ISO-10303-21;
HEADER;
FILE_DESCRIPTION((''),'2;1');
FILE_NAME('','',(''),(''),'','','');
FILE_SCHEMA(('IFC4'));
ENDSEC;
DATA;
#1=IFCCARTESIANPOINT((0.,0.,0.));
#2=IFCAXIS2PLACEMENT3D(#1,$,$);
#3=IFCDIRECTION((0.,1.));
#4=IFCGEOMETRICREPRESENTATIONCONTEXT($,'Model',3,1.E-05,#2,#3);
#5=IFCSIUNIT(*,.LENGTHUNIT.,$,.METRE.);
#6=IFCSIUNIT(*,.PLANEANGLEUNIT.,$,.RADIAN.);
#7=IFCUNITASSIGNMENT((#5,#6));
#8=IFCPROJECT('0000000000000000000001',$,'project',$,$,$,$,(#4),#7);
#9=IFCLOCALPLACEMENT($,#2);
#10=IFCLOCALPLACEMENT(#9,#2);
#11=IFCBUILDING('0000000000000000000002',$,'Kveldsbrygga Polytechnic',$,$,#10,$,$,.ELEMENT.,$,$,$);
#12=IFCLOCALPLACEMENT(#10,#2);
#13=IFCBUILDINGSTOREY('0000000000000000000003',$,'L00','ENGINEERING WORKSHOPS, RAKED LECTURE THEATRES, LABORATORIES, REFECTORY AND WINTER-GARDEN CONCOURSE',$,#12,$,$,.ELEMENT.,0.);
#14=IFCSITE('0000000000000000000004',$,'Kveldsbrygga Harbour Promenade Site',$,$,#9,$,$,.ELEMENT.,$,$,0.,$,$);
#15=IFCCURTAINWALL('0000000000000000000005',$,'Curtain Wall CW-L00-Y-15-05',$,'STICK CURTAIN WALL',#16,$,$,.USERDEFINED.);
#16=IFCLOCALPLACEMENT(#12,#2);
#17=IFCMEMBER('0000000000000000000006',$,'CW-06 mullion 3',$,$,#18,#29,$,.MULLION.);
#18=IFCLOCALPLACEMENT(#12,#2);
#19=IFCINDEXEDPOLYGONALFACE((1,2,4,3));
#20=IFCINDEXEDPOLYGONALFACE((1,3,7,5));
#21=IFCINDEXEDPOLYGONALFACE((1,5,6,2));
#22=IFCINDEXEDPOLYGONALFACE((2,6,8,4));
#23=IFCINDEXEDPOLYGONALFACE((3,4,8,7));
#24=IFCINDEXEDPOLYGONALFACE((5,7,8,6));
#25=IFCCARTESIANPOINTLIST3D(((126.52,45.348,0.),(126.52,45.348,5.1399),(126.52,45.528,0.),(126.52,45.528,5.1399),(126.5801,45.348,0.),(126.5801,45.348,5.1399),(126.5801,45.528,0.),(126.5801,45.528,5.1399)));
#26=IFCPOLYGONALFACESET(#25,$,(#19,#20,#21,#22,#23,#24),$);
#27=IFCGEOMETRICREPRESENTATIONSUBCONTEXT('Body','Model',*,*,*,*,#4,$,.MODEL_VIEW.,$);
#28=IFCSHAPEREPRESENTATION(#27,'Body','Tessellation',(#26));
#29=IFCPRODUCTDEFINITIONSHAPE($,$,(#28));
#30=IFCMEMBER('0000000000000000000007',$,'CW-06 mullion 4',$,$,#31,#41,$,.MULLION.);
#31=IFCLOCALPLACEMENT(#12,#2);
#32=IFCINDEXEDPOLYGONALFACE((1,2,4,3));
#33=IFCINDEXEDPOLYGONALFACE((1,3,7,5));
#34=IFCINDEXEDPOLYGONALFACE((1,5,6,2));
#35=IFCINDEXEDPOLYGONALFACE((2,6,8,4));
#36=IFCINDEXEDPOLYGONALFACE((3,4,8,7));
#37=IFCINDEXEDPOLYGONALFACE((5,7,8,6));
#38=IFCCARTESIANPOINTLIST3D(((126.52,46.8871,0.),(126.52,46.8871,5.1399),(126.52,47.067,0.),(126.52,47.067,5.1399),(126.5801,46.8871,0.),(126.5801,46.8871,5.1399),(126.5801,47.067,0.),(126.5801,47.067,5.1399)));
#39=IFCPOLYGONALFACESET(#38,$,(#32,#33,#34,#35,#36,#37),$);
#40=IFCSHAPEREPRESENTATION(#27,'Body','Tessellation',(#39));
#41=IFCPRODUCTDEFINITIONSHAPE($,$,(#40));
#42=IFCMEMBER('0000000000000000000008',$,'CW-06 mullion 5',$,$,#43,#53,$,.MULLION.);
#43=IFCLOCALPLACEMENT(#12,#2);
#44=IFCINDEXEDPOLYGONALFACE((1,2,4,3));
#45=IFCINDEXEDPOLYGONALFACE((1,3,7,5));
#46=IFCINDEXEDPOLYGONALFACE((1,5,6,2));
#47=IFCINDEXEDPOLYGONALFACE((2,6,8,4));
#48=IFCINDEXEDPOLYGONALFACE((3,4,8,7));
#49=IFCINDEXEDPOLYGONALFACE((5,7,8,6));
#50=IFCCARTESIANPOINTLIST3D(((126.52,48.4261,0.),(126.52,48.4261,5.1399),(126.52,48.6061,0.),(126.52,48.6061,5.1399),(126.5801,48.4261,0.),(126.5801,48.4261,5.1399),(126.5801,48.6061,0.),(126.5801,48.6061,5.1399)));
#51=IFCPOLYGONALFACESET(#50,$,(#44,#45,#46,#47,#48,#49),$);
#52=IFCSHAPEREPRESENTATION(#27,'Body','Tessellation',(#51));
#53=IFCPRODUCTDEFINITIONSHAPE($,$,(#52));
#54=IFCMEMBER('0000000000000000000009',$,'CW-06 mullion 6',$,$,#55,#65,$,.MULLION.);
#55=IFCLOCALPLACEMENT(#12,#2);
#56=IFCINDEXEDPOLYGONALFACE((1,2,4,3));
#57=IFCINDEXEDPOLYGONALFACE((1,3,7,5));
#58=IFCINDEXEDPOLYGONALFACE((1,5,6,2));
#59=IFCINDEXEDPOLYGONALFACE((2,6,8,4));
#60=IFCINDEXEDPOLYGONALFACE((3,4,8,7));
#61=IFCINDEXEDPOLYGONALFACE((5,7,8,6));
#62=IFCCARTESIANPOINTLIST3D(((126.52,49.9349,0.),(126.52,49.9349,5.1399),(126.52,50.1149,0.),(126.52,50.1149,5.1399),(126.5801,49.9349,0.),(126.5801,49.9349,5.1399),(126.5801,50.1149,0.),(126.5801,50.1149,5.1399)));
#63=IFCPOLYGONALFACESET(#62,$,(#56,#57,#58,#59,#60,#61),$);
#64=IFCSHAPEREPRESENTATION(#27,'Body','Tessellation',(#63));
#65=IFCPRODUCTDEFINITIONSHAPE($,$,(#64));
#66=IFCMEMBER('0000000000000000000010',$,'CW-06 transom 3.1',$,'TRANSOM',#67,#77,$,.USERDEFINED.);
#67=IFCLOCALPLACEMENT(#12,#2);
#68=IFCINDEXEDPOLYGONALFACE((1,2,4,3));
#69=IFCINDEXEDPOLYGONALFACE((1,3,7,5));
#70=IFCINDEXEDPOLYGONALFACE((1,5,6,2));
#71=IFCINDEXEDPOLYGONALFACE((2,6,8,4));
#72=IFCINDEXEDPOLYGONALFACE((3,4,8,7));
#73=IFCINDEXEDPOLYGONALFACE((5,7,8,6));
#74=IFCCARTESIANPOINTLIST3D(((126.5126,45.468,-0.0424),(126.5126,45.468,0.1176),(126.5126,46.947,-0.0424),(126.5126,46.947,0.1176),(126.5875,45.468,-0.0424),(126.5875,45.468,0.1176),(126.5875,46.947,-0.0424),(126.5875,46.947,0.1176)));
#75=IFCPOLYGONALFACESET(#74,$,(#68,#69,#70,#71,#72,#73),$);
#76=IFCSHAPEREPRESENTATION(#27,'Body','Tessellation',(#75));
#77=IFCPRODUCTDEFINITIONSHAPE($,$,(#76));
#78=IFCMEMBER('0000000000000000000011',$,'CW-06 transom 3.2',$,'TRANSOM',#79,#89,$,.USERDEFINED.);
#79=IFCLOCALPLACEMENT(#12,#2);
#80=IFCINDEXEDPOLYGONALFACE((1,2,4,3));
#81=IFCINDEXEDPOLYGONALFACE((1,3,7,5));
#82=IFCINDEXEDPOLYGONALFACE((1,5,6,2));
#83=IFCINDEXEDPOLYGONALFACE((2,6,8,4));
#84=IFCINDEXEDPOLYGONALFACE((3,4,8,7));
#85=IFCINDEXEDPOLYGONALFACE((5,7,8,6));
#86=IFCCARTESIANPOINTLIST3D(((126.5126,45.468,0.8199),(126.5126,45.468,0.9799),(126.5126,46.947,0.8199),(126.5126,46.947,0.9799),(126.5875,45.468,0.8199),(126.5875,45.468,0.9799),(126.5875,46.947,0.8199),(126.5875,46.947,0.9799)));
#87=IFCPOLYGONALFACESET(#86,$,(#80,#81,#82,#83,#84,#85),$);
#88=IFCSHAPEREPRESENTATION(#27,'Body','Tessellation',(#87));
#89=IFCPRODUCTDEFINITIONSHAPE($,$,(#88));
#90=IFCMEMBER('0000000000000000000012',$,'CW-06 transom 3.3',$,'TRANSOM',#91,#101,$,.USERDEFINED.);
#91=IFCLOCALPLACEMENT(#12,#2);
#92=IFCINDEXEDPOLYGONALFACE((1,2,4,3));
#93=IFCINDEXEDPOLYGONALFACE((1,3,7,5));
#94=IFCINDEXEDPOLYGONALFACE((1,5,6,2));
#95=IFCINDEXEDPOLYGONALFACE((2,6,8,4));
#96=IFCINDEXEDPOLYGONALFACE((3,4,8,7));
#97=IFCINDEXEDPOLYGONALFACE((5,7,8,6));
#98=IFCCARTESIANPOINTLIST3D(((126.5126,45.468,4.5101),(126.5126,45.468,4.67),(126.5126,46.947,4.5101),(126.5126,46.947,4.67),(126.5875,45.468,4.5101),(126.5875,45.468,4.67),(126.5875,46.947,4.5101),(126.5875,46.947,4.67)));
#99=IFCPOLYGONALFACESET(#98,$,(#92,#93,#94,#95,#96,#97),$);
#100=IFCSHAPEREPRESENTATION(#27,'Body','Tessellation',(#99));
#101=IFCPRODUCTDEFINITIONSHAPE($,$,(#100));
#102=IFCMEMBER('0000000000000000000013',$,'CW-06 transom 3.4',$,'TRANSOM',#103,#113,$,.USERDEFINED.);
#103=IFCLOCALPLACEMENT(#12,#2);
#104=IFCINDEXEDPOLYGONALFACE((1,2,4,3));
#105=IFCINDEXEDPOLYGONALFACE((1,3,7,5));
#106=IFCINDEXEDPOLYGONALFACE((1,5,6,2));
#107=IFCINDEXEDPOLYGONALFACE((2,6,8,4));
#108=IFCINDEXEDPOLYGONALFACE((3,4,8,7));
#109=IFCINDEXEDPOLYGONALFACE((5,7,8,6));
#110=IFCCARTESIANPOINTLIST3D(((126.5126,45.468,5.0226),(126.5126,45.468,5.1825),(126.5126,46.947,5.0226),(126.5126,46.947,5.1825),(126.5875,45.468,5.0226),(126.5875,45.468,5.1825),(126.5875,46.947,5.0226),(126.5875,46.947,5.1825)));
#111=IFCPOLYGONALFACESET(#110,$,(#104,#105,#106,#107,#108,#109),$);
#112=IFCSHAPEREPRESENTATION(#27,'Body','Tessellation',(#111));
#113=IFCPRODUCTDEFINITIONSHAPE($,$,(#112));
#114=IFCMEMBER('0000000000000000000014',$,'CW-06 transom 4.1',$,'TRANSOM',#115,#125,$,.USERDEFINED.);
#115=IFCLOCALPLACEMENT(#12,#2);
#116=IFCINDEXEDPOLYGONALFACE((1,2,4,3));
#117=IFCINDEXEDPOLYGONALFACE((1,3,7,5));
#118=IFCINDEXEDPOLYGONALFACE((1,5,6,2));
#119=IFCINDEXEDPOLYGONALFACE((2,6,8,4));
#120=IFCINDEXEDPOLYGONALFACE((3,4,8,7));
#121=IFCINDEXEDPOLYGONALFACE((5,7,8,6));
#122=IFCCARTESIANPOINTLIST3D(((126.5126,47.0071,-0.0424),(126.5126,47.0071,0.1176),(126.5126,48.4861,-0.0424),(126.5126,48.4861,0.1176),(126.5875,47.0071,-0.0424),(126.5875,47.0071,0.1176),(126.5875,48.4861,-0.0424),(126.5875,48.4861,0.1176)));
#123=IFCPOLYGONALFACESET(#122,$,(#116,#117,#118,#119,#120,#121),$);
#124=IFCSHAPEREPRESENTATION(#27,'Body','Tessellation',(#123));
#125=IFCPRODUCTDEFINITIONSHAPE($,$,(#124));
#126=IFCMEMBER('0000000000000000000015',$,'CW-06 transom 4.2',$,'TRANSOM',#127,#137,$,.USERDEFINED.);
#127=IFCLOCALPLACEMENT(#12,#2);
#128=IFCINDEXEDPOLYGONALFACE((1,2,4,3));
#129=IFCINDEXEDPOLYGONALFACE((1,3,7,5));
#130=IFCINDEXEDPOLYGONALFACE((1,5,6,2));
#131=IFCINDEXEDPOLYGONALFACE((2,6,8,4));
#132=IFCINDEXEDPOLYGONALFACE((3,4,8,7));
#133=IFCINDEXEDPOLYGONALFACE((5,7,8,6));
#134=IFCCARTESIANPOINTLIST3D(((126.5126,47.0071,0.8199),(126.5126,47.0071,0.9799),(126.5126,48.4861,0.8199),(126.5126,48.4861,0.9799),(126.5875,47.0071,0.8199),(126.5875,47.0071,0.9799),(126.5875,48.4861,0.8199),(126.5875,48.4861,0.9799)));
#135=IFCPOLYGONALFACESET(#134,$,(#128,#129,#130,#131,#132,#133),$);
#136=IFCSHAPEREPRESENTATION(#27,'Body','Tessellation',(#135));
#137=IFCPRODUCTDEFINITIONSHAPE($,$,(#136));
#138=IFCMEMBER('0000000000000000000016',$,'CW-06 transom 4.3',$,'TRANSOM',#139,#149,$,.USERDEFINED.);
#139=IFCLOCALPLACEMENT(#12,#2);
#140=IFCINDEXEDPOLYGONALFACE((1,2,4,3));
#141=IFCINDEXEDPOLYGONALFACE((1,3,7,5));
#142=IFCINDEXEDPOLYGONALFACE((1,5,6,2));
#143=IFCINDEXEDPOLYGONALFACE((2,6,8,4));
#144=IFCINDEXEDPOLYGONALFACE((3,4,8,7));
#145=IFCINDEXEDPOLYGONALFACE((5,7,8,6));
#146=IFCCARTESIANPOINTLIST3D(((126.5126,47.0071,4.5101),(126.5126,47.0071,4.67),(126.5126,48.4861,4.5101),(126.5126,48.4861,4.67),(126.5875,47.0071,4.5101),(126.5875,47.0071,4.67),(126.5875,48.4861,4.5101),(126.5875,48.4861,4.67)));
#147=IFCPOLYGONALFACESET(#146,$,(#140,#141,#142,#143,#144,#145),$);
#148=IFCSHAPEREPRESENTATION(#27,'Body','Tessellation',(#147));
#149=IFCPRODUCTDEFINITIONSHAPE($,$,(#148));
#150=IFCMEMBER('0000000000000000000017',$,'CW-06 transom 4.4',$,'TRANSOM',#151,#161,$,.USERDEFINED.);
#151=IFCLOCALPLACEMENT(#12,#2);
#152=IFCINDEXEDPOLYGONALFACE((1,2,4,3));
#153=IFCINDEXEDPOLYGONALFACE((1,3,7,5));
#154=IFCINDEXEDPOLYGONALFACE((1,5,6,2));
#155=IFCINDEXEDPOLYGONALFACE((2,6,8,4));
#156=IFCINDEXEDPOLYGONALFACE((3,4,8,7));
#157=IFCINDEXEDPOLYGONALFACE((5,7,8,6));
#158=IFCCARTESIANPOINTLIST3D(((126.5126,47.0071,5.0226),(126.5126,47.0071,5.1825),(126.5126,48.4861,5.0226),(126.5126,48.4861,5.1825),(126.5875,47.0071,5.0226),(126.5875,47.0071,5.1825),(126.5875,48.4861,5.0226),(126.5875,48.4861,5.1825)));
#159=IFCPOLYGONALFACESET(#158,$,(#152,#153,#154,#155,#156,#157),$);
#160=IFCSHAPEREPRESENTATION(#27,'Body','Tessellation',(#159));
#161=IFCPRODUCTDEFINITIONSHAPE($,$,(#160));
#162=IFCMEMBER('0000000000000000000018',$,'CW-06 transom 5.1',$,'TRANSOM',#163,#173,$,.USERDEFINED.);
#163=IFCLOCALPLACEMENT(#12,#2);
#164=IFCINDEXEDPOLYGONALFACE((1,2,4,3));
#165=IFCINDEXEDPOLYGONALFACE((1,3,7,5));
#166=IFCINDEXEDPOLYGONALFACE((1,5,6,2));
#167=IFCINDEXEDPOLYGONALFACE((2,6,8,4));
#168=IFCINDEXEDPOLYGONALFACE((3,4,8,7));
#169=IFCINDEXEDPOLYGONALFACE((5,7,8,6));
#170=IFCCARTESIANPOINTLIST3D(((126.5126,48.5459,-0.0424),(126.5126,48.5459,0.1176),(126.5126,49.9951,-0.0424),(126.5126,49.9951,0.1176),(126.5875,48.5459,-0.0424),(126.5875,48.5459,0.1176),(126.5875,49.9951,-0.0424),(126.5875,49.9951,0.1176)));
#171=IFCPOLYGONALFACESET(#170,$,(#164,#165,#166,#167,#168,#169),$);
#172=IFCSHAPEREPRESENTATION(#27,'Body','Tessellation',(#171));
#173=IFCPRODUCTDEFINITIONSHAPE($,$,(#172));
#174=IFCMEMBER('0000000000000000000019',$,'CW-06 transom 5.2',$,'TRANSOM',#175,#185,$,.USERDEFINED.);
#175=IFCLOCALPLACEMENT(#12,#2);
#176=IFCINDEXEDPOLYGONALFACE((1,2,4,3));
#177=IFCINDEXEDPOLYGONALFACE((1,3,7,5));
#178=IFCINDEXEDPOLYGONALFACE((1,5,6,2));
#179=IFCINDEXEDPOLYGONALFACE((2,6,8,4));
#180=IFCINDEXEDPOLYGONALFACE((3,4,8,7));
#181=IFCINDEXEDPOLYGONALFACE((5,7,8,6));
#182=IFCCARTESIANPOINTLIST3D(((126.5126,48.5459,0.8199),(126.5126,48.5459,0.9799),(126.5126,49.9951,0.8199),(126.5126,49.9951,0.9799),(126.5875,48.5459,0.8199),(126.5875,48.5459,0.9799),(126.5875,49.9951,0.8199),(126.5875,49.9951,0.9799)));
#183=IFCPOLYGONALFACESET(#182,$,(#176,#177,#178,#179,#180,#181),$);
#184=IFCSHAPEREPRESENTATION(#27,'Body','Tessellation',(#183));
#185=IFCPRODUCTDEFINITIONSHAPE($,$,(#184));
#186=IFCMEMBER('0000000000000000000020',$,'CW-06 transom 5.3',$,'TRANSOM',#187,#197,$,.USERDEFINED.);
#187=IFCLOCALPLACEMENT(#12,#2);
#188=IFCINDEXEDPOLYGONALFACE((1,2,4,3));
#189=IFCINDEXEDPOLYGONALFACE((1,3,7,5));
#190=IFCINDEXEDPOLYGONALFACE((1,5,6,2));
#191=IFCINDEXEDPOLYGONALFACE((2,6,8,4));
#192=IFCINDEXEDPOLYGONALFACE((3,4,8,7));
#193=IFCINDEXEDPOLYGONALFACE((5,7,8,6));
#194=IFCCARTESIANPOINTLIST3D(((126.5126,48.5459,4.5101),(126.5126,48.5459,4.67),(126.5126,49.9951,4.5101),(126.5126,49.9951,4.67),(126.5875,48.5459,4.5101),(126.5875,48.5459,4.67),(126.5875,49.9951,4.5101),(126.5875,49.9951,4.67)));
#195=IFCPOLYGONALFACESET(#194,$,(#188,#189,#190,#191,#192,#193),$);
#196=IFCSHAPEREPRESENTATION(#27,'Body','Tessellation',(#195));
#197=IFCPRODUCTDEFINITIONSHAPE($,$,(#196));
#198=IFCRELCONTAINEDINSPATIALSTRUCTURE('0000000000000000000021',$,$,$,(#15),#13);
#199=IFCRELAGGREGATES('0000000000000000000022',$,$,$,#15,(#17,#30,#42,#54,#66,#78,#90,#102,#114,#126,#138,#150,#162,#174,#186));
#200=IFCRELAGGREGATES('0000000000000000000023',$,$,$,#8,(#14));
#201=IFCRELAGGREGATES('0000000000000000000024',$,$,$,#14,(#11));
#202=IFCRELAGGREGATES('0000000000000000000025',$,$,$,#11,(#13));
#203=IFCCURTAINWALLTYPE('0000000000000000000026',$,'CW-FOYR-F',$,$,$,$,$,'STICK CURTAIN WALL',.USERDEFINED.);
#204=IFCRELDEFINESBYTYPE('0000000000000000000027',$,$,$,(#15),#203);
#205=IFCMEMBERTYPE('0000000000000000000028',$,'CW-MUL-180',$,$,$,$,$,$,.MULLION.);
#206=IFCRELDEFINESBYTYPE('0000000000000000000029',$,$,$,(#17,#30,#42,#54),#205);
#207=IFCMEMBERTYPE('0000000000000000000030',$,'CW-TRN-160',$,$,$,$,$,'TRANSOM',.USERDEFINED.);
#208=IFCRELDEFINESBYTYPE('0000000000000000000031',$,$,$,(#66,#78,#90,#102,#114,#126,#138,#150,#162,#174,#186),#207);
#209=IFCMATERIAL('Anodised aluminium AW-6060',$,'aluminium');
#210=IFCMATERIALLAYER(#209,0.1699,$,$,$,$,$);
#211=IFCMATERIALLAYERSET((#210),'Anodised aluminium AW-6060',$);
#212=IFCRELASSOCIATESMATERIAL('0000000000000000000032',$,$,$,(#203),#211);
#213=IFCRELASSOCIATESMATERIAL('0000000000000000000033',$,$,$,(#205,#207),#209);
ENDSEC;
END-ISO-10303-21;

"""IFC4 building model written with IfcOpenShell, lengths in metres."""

from ifc_helpers import new_model, si_unit, direction, frame, origin, origin_2d, place, context, subcontext, project, spatial, rectangle, extrude, material, layer, layer_set, material_profile, profile_set, type_object, element, aggregate, save


model = new_model("IFC4")

# Units and contexts
model_context = context("Model", 3, precision=1e-05, world=origin(), true_north=direction((0.0, 1.0)))
body_context = subcontext(model_context, "Body", "Model", "MODEL_VIEW")
ifc_project = project(units=[si_unit("LENGTHUNIT", "METRE"), si_unit("PLANEANGLEUNIT", "RADIAN")], contexts=[model_context])

# Site, building, storey
site_placement = place(None, origin())
site = spatial("IfcSite", under=ifc_project, at=site_placement, Name="Kveldsbrygga Harbour Promenade Site", CompositionType="ELEMENT", RefElevation=0.0)
building_placement = place(site_placement, origin())
building = spatial("IfcBuilding", under=site, at=building_placement, Name="Kveldsbrygga Polytechnic", CompositionType="ELEMENT")
storey_placement = place(building_placement, origin())
storey = spatial("IfcBuildingStorey", under=building, at=storey_placement, Name="L00", Description="ENGINEERING WORKSHOPS, RAKED LECTURE THEATRES, LABORATORIES, REFECTORY AND WINTER-GARDEN CONCOURSE", CompositionType="ELEMENT", Elevation=0.0)

# Curtain wall, members
ifc_material_1 = material(Name="Anodised aluminium AW-6060", Category="aluminium")
ifc_layer_1 = layer(ifc_material_1, 0.1699)
ifc_layer_set_1 = layer_set([ifc_layer_1], Name="Anodised aluminium AW-6060")
curtain_wall_type = type_object("IfcCurtainWallType", Name="CW-FOYR-F", ElementType="STICK CURTAIN WALL", PredefinedType="USERDEFINED", material=ifc_layer_set_1)
curtain_wall_placement = place(storey_placement, origin())
curtain_wall = element("IfcCurtainWall", 1, at=curtain_wall_placement, inside=storey, type_object=curtain_wall_type, Name="Curtain Wall CW-L00-Y-15-05", ObjectType="STICK CURTAIN WALL", PredefinedType="USERDEFINED")
ifc_material_profile_1 = material_profile(ifc_material_1, rectangle(XDim=0.0601, YDim=0.1799, at=origin_2d()), Name="ALU 60x180")
ifc_profile_set_1 = profile_set([ifc_material_profile_1], Name="Anodised aluminium AW-6060")
member_type_1 = type_object("IfcMemberType", Name="CW-MUL-180", PredefinedType="MULLION", material=ifc_profile_set_1)
member_1_placement = place(storey_placement, frame((126.55, 45.438, 0.0), z_axis=(0.0, 0.0, 1.0), x_axis=(-1.0, 0.0, 0.0)))
member_1 = element("IfcMember", 2, at=member_1_placement, type_object=member_type_1, Name="CW-06 mullion 3", PredefinedType="MULLION", context=body_context, shape_type="SweptSolid", body=[
    extrude(rectangle(XDim=0.0601, YDim=0.1799, at=origin_2d()), origin(), (0.0, 0.0, 1.0), 5.1399),
])
member_2_placement = place(storey_placement, frame((126.55, 46.9771, 0.0), z_axis=(0.0, 0.0, 1.0), x_axis=(-1.0, 0.0, 0.0)))
member_2 = element("IfcMember", 3, at=member_2_placement, type_object=member_type_1, Name="CW-06 mullion 4", PredefinedType="MULLION", context=body_context, shape_type="SweptSolid", body=[
    extrude(rectangle(XDim=0.0601, YDim=0.1799, at=origin_2d()), origin(), (0.0, 0.0, 1.0), 5.1399),
])
member_3_placement = place(storey_placement, frame((126.55, 48.5161, 0.0), z_axis=(0.0, 0.0, 1.0), x_axis=(-1.0, 0.0, 0.0)))
member_3 = element("IfcMember", 4, at=member_3_placement, type_object=member_type_1, Name="CW-06 mullion 5", PredefinedType="MULLION", context=body_context, shape_type="SweptSolid", body=[
    extrude(rectangle(XDim=0.0601, YDim=0.1799, at=origin_2d()), origin(), (0.0, 0.0, 1.0), 5.1399),
])
member_4_placement = place(storey_placement, frame((126.55, 50.0249, 0.0), z_axis=(0.0, 0.0, 1.0), x_axis=(-1.0, 0.0, 0.0)))
member_4 = element("IfcMember", 5, at=member_4_placement, type_object=member_type_1, Name="CW-06 mullion 6", PredefinedType="MULLION", context=body_context, shape_type="SweptSolid", body=[
    extrude(rectangle(XDim=0.0601, YDim=0.1799, at=origin_2d()), origin(), (0.0, 0.0, 1.0), 5.1399),
])
ifc_material_profile_2 = material_profile(ifc_material_1, rectangle(XDim=0.075, YDim=0.1599, at=origin_2d()), Name="ALU 75x160")
ifc_profile_set_2 = profile_set([ifc_material_profile_2], Name="Anodised aluminium AW-6060")
member_type_2 = type_object("IfcMemberType", Name="CW-TRN-160", ElementType="TRANSOM", PredefinedType="USERDEFINED", material=ifc_profile_set_2)
member_5_placement = place(storey_placement, frame((126.55, 45.468, 0.0376), z_axis=(0.0, 1.0, 0.0), x_axis=(-1.0, 0.0, 0.0)))
member_5 = element("IfcMember", 6, at=member_5_placement, type_object=member_type_2, Name="CW-06 transom 3.1", ObjectType="TRANSOM", PredefinedType="USERDEFINED", context=body_context, shape_type="SweptSolid", body=[
    extrude(rectangle(XDim=0.075, YDim=0.1599, at=origin_2d()), origin(), (0.0, 0.0, 1.0), 1.479),
])
member_6_placement = place(storey_placement, frame((126.55, 45.468, 0.8999), z_axis=(0.0, 1.0, 0.0), x_axis=(-1.0, 0.0, 0.0)))
member_6 = element("IfcMember", 7, at=member_6_placement, type_object=member_type_2, Name="CW-06 transom 3.2", ObjectType="TRANSOM", PredefinedType="USERDEFINED", context=body_context, shape_type="SweptSolid", body=[
    extrude(rectangle(XDim=0.075, YDim=0.1599, at=origin_2d()), origin(), (0.0, 0.0, 1.0), 1.479),
])
member_7_placement = place(storey_placement, frame((126.55, 45.468, 4.5901), z_axis=(0.0, 1.0, 0.0), x_axis=(-1.0, 0.0, 0.0)))
member_7 = element("IfcMember", 8, at=member_7_placement, type_object=member_type_2, Name="CW-06 transom 3.3", ObjectType="TRANSOM", PredefinedType="USERDEFINED", context=body_context, shape_type="SweptSolid", body=[
    extrude(rectangle(XDim=0.075, YDim=0.1599, at=origin_2d()), origin(), (0.0, 0.0, 1.0), 1.479),
])
member_8_placement = place(storey_placement, frame((126.55, 45.468, 5.1025), z_axis=(0.0, 1.0, 0.0), x_axis=(-1.0, 0.0, 0.0)))
member_8 = element("IfcMember", 9, at=member_8_placement, type_object=member_type_2, Name="CW-06 transom 3.4", ObjectType="TRANSOM", PredefinedType="USERDEFINED", context=body_context, shape_type="SweptSolid", body=[
    extrude(rectangle(XDim=0.075, YDim=0.1599, at=origin_2d()), origin(), (0.0, 0.0, 1.0), 1.479),
])
member_9_placement = place(storey_placement, frame((126.55, 47.0071, 0.0376), z_axis=(0.0, 1.0, 0.0), x_axis=(-1.0, 0.0, 0.0)))
member_9 = element("IfcMember", 10, at=member_9_placement, type_object=member_type_2, Name="CW-06 transom 4.1", ObjectType="TRANSOM", PredefinedType="USERDEFINED", context=body_context, shape_type="SweptSolid", body=[
    extrude(rectangle(XDim=0.075, YDim=0.1599, at=origin_2d()), origin(), (0.0, 0.0, 1.0), 1.479),
])
member_10_placement = place(storey_placement, frame((126.55, 47.0071, 0.8999), z_axis=(0.0, 1.0, 0.0), x_axis=(-1.0, 0.0, 0.0)))
member_10 = element("IfcMember", 11, at=member_10_placement, type_object=member_type_2, Name="CW-06 transom 4.2", ObjectType="TRANSOM", PredefinedType="USERDEFINED", context=body_context, shape_type="SweptSolid", body=[
    extrude(rectangle(XDim=0.075, YDim=0.1599, at=origin_2d()), origin(), (0.0, 0.0, 1.0), 1.479),
])
member_11_placement = place(storey_placement, frame((126.55, 47.0071, 4.5901), z_axis=(0.0, 1.0, 0.0), x_axis=(-1.0, 0.0, 0.0)))
member_11 = element("IfcMember", 12, at=member_11_placement, type_object=member_type_2, Name="CW-06 transom 4.3", ObjectType="TRANSOM", PredefinedType="USERDEFINED", context=body_context, shape_type="SweptSolid", body=[
    extrude(rectangle(XDim=0.075, YDim=0.1599, at=origin_2d()), origin(), (0.0, 0.0, 1.0), 1.479),
])
member_12_placement = place(storey_placement, frame((126.55, 47.0071, 5.1025), z_axis=(0.0, 1.0, 0.0), x_axis=(-1.0, 0.0, 0.0)))
member_12 = element("IfcMember", 13, at=member_12_placement, type_object=member_type_2, Name="CW-06 transom 4.4", ObjectType="TRANSOM", PredefinedType="USERDEFINED", context=body_context, shape_type="SweptSolid", body=[
    extrude(rectangle(XDim=0.075, YDim=0.1599, at=origin_2d()), origin(), (0.0, 0.0, 1.0), 1.479),
])
member_13_placement = place(storey_placement, frame((126.55, 48.5459, 0.0376), z_axis=(0.0, 1.0, 0.0), x_axis=(-1.0, 0.0, 0.0)))
member_13 = element("IfcMember", 14, at=member_13_placement, type_object=member_type_2, Name="CW-06 transom 5.1", ObjectType="TRANSOM", PredefinedType="USERDEFINED", context=body_context, shape_type="SweptSolid", body=[
    extrude(rectangle(XDim=0.075, YDim=0.1599, at=origin_2d()), origin(), (0.0, 0.0, 1.0), 1.4492),
])
member_14_placement = place(storey_placement, frame((126.55, 48.5459, 0.8999), z_axis=(0.0, 1.0, 0.0), x_axis=(-1.0, 0.0, 0.0)))
member_14 = element("IfcMember", 15, at=member_14_placement, type_object=member_type_2, Name="CW-06 transom 5.2", ObjectType="TRANSOM", PredefinedType="USERDEFINED", context=body_context, shape_type="SweptSolid", body=[
    extrude(rectangle(XDim=0.075, YDim=0.1599, at=origin_2d()), origin(), (0.0, 0.0, 1.0), 1.4492),
])
member_15_placement = place(storey_placement, frame((126.55, 48.5459, 4.5901), z_axis=(0.0, 1.0, 0.0), x_axis=(-1.0, 0.0, 0.0)))
member_15 = element("IfcMember", 16, at=member_15_placement, type_object=member_type_2, Name="CW-06 transom 5.3", ObjectType="TRANSOM", PredefinedType="USERDEFINED", context=body_context, shape_type="SweptSolid", body=[
    extrude(rectangle(XDim=0.075, YDim=0.1599, at=origin_2d()), origin(), (0.0, 0.0, 1.0), 1.4492),
])

aggregate(curtain_wall, [member_1, member_2, member_3, member_4, member_5, member_6, member_7, member_8, member_9, member_10, member_11, member_12, member_13, member_14, member_15])

save(model, "model.ifc")
